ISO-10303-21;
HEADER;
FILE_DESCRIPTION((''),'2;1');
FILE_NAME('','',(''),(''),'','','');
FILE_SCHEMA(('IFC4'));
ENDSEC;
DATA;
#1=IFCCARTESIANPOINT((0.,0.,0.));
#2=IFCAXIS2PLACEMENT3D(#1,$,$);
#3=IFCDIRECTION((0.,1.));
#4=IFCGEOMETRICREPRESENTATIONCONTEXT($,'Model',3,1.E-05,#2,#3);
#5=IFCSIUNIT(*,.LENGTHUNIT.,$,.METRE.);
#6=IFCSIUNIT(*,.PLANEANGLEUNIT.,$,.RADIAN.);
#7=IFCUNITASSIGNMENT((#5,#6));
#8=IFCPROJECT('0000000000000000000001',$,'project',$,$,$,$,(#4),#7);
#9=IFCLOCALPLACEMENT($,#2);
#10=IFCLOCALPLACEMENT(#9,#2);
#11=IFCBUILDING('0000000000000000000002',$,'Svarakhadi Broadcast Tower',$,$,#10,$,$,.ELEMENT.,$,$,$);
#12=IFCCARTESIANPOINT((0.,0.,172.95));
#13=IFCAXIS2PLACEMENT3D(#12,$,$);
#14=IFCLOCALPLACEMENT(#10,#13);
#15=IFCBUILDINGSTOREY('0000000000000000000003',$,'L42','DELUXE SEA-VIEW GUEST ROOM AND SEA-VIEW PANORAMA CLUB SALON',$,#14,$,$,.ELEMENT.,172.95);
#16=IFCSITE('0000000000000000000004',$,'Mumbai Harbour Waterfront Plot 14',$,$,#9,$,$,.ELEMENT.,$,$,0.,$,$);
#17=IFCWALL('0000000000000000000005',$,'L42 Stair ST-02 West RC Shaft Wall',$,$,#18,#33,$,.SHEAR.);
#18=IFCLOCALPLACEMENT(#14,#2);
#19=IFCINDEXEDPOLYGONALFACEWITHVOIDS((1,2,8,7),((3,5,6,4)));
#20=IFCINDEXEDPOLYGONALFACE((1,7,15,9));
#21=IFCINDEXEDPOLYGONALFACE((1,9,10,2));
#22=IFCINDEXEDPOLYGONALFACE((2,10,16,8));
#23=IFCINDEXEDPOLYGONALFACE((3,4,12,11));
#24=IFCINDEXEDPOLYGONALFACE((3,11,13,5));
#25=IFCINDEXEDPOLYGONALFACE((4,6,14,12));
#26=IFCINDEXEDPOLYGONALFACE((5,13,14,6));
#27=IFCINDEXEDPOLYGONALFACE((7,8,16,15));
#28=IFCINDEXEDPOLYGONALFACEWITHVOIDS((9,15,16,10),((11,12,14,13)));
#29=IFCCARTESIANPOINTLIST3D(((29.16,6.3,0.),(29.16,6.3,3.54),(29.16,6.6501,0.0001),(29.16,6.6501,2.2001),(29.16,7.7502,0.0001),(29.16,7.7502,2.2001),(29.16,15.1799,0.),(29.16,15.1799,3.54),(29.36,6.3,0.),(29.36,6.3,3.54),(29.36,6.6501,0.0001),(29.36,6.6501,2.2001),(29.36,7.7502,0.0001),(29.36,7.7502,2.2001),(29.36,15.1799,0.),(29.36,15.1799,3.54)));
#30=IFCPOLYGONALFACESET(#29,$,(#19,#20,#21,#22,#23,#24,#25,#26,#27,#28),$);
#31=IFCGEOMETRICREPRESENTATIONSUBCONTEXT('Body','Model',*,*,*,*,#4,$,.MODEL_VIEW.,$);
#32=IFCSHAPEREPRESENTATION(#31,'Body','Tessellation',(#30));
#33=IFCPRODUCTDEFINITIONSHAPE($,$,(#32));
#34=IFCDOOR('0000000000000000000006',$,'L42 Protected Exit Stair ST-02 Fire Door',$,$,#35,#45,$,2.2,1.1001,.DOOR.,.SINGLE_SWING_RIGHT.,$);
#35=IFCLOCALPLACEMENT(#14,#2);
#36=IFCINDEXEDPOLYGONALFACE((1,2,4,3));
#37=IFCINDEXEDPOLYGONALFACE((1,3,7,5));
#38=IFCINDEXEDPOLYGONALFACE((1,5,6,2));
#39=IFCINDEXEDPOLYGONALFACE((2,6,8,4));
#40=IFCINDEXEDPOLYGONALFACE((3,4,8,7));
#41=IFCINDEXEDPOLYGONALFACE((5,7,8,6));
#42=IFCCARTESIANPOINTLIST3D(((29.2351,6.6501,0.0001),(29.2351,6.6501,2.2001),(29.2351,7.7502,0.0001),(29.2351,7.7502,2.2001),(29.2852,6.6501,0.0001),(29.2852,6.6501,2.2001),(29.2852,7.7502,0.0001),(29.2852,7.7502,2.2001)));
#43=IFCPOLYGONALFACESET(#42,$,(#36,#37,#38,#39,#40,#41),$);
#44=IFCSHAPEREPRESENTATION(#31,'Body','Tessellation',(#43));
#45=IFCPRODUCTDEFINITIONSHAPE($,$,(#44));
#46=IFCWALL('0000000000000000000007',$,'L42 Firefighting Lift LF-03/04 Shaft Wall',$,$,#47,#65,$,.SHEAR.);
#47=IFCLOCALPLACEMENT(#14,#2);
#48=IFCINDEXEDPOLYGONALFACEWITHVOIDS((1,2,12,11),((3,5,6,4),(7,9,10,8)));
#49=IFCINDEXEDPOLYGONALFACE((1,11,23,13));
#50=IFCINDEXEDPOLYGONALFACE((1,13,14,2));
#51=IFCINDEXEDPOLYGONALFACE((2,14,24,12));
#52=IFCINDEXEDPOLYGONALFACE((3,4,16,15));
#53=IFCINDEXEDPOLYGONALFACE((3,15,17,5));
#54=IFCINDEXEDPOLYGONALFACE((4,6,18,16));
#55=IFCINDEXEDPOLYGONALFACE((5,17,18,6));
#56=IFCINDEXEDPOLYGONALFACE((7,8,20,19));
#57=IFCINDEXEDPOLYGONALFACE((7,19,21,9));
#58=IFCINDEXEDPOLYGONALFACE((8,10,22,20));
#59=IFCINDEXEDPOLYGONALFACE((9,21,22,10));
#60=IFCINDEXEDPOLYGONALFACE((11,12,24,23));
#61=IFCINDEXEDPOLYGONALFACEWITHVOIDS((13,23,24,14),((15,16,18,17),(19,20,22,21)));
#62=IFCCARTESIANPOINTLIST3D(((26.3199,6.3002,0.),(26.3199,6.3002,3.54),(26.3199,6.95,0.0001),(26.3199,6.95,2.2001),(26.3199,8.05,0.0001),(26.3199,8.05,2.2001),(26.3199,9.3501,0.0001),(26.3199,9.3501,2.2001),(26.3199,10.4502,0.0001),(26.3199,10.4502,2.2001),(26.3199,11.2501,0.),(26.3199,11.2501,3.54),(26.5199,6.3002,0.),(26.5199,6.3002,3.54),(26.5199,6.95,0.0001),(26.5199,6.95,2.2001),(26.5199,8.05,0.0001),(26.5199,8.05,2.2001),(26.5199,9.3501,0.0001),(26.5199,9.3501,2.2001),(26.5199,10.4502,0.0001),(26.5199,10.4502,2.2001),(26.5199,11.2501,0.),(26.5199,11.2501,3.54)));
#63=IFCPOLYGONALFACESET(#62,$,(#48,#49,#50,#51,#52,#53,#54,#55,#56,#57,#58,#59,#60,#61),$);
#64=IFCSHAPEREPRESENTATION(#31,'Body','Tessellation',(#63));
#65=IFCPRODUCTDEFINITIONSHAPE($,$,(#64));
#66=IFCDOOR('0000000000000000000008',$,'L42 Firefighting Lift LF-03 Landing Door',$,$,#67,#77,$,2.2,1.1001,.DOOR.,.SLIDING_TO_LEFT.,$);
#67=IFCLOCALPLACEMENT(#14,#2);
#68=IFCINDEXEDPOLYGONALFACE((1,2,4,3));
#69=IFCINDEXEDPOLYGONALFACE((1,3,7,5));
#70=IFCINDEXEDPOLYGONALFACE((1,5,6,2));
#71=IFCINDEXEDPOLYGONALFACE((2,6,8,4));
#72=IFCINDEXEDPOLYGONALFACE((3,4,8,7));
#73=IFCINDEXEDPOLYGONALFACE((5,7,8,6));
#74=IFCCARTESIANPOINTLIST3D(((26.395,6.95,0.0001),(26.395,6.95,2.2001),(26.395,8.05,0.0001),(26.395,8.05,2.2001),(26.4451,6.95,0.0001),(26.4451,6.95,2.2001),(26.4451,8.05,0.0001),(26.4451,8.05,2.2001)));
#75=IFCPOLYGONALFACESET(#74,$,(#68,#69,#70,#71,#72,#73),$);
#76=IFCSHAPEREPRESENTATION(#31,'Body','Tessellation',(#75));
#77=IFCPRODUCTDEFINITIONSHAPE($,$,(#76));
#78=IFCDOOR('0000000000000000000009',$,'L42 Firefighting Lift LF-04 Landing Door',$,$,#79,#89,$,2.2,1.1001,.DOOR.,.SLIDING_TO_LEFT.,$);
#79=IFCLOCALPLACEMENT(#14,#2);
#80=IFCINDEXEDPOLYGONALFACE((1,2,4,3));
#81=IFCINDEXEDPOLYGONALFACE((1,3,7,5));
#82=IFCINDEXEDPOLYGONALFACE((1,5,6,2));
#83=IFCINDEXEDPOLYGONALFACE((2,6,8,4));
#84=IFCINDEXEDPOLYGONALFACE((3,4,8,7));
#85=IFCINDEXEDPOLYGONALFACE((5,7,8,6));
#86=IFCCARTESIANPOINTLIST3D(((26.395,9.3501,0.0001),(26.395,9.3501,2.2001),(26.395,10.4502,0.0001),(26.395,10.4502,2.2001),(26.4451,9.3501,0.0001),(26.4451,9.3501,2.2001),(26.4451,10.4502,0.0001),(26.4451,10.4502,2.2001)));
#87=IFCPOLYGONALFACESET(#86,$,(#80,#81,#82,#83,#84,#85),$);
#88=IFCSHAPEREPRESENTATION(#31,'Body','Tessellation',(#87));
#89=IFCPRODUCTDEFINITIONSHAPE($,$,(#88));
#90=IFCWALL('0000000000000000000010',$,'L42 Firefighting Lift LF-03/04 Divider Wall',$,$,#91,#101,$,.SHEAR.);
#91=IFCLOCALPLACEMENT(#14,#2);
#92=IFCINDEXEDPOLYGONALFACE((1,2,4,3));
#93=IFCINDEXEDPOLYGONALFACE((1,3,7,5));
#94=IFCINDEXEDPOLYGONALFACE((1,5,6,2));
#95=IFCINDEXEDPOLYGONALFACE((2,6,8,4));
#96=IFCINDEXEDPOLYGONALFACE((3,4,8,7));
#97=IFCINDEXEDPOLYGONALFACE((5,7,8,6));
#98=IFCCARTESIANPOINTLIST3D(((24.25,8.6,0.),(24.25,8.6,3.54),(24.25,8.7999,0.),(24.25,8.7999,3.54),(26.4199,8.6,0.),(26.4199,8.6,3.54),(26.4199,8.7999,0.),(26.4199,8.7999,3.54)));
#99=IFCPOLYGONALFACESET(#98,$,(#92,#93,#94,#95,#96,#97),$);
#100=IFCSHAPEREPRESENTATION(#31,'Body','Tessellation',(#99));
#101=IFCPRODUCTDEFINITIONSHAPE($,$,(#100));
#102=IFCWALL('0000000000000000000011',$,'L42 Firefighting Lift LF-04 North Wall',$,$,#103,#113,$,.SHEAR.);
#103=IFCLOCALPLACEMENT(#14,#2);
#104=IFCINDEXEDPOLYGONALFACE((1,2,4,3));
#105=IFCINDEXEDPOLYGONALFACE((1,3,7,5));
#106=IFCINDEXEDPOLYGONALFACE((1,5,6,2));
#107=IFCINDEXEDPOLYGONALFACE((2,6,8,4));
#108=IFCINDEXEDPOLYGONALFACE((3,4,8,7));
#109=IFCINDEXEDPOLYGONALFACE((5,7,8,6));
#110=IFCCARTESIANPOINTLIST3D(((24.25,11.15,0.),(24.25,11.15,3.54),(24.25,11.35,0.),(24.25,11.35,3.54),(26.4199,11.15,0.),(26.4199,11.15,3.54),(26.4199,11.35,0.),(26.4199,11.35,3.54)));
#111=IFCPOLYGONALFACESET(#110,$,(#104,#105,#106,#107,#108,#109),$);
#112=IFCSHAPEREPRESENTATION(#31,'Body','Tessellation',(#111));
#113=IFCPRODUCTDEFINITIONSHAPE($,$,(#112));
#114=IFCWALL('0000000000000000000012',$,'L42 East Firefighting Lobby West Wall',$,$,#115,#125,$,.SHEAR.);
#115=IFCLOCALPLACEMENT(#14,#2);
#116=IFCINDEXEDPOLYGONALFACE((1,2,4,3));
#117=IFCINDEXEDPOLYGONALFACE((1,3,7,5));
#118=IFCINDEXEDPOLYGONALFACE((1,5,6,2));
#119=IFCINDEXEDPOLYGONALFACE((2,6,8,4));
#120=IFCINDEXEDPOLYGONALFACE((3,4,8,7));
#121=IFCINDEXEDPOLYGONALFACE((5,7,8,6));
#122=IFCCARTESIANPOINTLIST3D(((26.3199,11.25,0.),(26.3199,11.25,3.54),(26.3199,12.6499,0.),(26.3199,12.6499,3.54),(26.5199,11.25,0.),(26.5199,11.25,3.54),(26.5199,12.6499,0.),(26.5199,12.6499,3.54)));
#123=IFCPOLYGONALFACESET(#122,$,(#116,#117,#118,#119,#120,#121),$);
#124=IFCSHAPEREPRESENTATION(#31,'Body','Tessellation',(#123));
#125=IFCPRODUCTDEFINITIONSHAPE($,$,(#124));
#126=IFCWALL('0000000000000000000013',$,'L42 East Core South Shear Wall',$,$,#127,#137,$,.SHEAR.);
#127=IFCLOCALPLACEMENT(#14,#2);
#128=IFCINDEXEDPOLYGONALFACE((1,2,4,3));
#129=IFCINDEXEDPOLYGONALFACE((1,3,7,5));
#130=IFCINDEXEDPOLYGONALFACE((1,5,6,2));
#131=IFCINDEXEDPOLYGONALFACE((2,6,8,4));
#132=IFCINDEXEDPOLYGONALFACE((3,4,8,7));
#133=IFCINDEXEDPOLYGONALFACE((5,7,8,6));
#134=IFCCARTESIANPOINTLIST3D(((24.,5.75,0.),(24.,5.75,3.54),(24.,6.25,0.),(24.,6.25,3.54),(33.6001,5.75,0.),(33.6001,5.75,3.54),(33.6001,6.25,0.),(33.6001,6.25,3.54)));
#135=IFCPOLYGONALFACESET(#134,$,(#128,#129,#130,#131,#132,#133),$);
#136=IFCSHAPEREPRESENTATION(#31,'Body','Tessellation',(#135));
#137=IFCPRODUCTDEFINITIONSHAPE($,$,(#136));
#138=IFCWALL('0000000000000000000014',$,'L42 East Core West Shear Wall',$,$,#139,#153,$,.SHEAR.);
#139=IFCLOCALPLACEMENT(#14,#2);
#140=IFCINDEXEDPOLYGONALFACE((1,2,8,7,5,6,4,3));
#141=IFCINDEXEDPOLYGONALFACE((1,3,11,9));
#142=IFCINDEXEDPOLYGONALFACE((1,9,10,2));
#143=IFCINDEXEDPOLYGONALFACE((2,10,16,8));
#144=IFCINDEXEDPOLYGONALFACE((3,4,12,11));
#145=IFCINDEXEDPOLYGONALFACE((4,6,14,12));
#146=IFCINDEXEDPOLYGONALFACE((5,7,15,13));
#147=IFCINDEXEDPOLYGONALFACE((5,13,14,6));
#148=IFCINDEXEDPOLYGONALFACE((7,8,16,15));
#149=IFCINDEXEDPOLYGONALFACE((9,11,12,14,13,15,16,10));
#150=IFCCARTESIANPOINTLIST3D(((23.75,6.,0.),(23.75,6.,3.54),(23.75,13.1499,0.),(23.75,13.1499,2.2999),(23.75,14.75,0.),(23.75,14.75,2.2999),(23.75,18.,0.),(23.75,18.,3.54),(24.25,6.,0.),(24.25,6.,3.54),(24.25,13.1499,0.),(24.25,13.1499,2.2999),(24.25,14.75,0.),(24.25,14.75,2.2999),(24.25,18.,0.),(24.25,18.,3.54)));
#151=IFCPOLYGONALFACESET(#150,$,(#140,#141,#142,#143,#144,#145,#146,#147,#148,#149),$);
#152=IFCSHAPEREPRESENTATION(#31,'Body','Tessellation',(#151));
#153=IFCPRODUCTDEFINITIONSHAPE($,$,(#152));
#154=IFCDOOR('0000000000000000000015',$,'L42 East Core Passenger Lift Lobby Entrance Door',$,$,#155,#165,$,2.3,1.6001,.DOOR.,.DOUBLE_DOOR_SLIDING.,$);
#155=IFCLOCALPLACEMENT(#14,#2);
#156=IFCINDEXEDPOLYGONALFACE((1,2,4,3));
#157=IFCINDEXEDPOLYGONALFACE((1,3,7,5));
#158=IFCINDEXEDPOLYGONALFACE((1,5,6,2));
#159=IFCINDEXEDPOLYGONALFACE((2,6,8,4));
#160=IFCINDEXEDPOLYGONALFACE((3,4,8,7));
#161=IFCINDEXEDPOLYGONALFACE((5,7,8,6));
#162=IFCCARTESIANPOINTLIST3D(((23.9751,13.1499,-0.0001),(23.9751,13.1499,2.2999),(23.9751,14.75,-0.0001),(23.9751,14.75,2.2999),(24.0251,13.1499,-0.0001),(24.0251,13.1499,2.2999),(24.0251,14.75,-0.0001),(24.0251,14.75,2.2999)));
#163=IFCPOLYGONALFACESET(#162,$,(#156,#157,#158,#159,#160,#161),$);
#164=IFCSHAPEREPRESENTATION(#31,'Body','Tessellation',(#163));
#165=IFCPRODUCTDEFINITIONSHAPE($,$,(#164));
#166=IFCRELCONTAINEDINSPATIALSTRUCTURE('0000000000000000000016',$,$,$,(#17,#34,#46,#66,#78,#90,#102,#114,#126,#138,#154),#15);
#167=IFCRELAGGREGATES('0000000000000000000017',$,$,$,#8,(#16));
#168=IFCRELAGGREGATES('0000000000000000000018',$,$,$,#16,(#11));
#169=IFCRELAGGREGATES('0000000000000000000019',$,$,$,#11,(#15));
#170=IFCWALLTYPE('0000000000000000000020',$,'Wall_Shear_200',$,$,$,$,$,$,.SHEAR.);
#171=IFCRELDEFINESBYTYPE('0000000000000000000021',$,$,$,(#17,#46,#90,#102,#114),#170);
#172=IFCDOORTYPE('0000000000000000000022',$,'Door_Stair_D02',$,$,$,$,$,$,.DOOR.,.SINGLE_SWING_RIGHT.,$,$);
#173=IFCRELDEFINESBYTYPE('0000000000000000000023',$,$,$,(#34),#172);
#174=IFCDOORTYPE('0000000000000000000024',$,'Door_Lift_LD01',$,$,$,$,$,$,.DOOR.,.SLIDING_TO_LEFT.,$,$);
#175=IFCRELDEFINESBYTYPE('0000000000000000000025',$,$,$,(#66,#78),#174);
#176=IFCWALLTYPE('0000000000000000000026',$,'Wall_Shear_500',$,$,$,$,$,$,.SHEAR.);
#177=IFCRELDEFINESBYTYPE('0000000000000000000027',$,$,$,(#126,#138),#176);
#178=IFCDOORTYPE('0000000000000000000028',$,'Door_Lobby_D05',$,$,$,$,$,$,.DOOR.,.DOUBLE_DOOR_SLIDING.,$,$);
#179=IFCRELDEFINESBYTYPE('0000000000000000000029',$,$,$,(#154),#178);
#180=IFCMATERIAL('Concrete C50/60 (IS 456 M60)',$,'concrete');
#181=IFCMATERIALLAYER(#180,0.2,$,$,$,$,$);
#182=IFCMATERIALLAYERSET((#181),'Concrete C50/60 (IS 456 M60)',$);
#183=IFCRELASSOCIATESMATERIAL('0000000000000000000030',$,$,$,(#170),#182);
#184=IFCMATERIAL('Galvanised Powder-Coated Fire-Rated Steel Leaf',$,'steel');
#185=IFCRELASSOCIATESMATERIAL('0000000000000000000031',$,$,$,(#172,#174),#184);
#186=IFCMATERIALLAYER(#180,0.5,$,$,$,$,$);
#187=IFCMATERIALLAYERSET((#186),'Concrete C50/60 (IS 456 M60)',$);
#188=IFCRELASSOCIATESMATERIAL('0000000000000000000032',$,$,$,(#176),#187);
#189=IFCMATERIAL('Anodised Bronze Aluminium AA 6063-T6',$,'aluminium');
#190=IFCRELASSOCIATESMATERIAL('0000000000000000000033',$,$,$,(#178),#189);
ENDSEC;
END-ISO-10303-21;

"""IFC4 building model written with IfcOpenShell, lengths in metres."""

from ifc_helpers import new_model, si_unit, direction, frame, frame_2d, origin, place, context, subcontext, project, spatial, rectangle, extrude, material, layer, layer_set, type_object, element, fill, save


model = new_model("IFC4")

# Units and contexts
model_context = context("Model", 3, precision=1e-05, world=origin(), true_north=direction((0.0, 1.0)))
body_context = subcontext(model_context, "Body", "Model", "MODEL_VIEW")
ifc_project = project(units=[si_unit("LENGTHUNIT", "METRE"), si_unit("PLANEANGLEUNIT", "RADIAN")], contexts=[model_context])

# Site, building, storey
site_placement = place(None, origin())
site = spatial("IfcSite", under=ifc_project, at=site_placement, Name="Mumbai Harbour Waterfront Plot 14", CompositionType="ELEMENT", RefElevation=0.0)
building_placement = place(site_placement, origin())
building = spatial("IfcBuilding", under=site, at=building_placement, Name="Svarakhadi Broadcast Tower", CompositionType="ELEMENT")
storey_placement = place(building_placement, frame((0.0, 0.0, 172.95)))
storey = spatial("IfcBuildingStorey", under=building, at=storey_placement, Name="L42", Description="DELUXE SEA-VIEW GUEST ROOM AND SEA-VIEW PANORAMA CLUB SALON", CompositionType="ELEMENT", Elevation=172.95)

# Shared definitions
ifc_material_1 = material(Name="Concrete C50/60 (IS 456 M60)", Category="concrete")

# Wall, opening, door
ifc_layer_1 = layer(ifc_material_1, 0.2)
ifc_layer_set_1 = layer_set([ifc_layer_1], Name="Concrete C50/60 (IS 456 M60)")
wall_type_1 = type_object("IfcWallType", Name="Wall_Shear_200", PredefinedType="SHEAR", material=ifc_layer_set_1)
wall_1_placement = place(storey_placement, frame((29.26, 6.3, 0.0), z_axis=(0.0, 0.0, 1.0), x_axis=(0.0, 1.0, 0.0)))
wall_1 = element("IfcWall", 1, at=wall_1_placement, inside=storey, type_object=wall_type_1, Name="L42 Stair ST-02 West RC Shaft Wall", PredefinedType="SHEAR", context=body_context, shape_type="SweptSolid", body=[
    extrude(rectangle(XDim=8.8799, YDim=0.2, at=frame_2d((4.4399, 0.0))), origin(), (0.0, 0.0, 1.0), 3.54),
])
opening_1_placement = place(wall_1_placement, frame((0.3501, 0.0, 0.0)))
opening_1 = element("IfcOpeningElement", 2, at=opening_1_placement, cuts=wall_1, PredefinedType="OPENING", context=body_context, shape_type="SweptSolid", body=[
    extrude(rectangle(XDim=1.1001, YDim=2.2, at=frame_2d((0.55, 1.1001))), frame((0.0, 0.1099, 0.0), z_axis=(0.0, -1.0, 0.0), x_axis=(1.0, 0.0, 0.0)), (0.0, 0.0, 1.0), 0.22),
])
ifc_material_2 = material(Name="Galvanised Powder-Coated Fire-Rated Steel Leaf", Category="steel")
door_type_1 = type_object("IfcDoorType", Name="Door_Stair_D02", OperationType="SINGLE_SWING_RIGHT", PredefinedType="DOOR", material=ifc_material_2)
door_1_placement = place(opening_1_placement, origin())
door_1 = element("IfcDoor", 3, at=door_1_placement, inside=storey, type_object=door_type_1, Name="L42 Protected Exit Stair ST-02 Fire Door", OperationType="SINGLE_SWING_RIGHT", OverallHeight=2.2, OverallWidth=1.1001, PredefinedType="DOOR", context=body_context, shape_type="SweptSolid", body=[
    extrude(rectangle(XDim=1.1001, YDim=2.2, at=frame_2d((0.55, 1.1001))), frame((0.0, 0.0249, 0.0), z_axis=(0.0, -1.0, 0.0), x_axis=(1.0, 0.0, 0.0)), (0.0, 0.0, 1.0), 0.05),
])
fill(opening_1, door_1)

# Wall, openings, doors
wall_2_placement = place(storey_placement, frame((26.4199, 6.3, 0.0), z_axis=(0.0, 0.0, 1.0), x_axis=(0.0, 1.0, 0.0)))
wall_2 = element("IfcWall", 4, at=wall_2_placement, inside=storey, type_object=wall_type_1, Name="L42 Firefighting Lift LF-03/04 Shaft Wall", PredefinedType="SHEAR", context=body_context, shape_type="SweptSolid", body=[
    extrude(rectangle(XDim=4.95, YDim=0.2, at=frame_2d((2.4751, 0.0))), origin(), (0.0, 0.0, 1.0), 3.54),
])
opening_2_placement = place(wall_2_placement, frame((0.6499, 0.0, 0.0)))
opening_2 = element("IfcOpeningElement", 5, at=opening_2_placement, cuts=wall_2, PredefinedType="OPENING", context=body_context, shape_type="SweptSolid", body=[
    extrude(rectangle(XDim=1.1001, YDim=2.2, at=frame_2d((0.55, 1.1001))), frame((0.0, 0.1099, 0.0), z_axis=(0.0, -1.0, 0.0), x_axis=(1.0, 0.0, 0.0)), (0.0, 0.0, 1.0), 0.22),
])
opening_3_placement = place(wall_2_placement, frame((3.05, 0.0, 0.0)))
opening_3 = element("IfcOpeningElement", 6, at=opening_3_placement, cuts=wall_2, PredefinedType="OPENING", context=body_context, shape_type="SweptSolid", body=[
    extrude(rectangle(XDim=1.1001, YDim=2.2, at=frame_2d((0.55, 1.1001))), frame((0.0, 0.1099, 0.0), z_axis=(0.0, -1.0, 0.0), x_axis=(1.0, 0.0, 0.0)), (0.0, 0.0, 1.0), 0.22),
])
door_type_2 = type_object("IfcDoorType", Name="Door_Lift_LD01", OperationType="SLIDING_TO_LEFT", PredefinedType="DOOR", material=ifc_material_2)
door_2_placement = place(opening_2_placement, origin())
door_2 = element("IfcDoor", 7, at=door_2_placement, inside=storey, type_object=door_type_2, Name="L42 Firefighting Lift LF-03 Landing Door", OperationType="SLIDING_TO_LEFT", OverallHeight=2.2, OverallWidth=1.1001, PredefinedType="DOOR", context=body_context, shape_type="SweptSolid", body=[
    extrude(rectangle(XDim=1.1001, YDim=2.2, at=frame_2d((0.55, 1.1001))), frame((0.0, 0.0249, 0.0), z_axis=(0.0, -1.0, 0.0), x_axis=(1.0, 0.0, 0.0)), (0.0, 0.0, 1.0), 0.05),
])
fill(opening_2, door_2)
door_3_placement = place(opening_3_placement, origin())
door_3 = element("IfcDoor", 8, at=door_3_placement, inside=storey, type_object=door_type_2, Name="L42 Firefighting Lift LF-04 Landing Door", OperationType="SLIDING_TO_LEFT", OverallHeight=2.2, OverallWidth=1.1001, PredefinedType="DOOR", context=body_context, shape_type="SweptSolid", body=[
    extrude(rectangle(XDim=1.1001, YDim=2.2, at=frame_2d((0.55, 1.1001))), frame((0.0, 0.0249, 0.0), z_axis=(0.0, -1.0, 0.0), x_axis=(1.0, 0.0, 0.0)), (0.0, 0.0, 1.0), 0.05),
])
fill(opening_3, door_3)

# Walls
for number, where, z_axis, x_axis, name in (
    (9, (24.25, 8.7, 0.0), (0.0, 0.0, 1.0), (1.0, 0.0, 0.0), "L42 Firefighting Lift LF-03/04 Divider Wall"),
    (10, (24.25, 11.25, 0.0), (0.0, 0.0, 1.0), (1.0, 0.0, 0.0), "L42 Firefighting Lift LF-04 North Wall"),
):
    element("IfcWall", number, at=place(storey_placement, frame(where, z_axis=z_axis, x_axis=x_axis)), inside=storey, type_object=wall_type_1, Name=name, PredefinedType="SHEAR", context=body_context, shape_type="SweptSolid", body=[
        extrude(rectangle(XDim=2.1699, YDim=0.2, at=frame_2d((1.085, 0.0))), origin(), (0.0, 0.0, 1.0), 3.54),
    ])
wall_3_placement = place(storey_placement, frame((26.4199, 11.25, 0.0), z_axis=(0.0, 0.0, 1.0), x_axis=(0.0, 1.0, 0.0)))
element("IfcWall", 11, at=wall_3_placement, inside=storey, type_object=wall_type_1, Name="L42 East Firefighting Lobby West Wall", PredefinedType="SHEAR", context=body_context, shape_type="SweptSolid", body=[
    extrude(rectangle(XDim=1.3999, YDim=0.2, at=frame_2d((0.7, 0.0))), origin(), (0.0, 0.0, 1.0), 3.54),
])
ifc_layer_2 = layer(ifc_material_1, 0.5)
ifc_layer_set_2 = layer_set([ifc_layer_2], Name="Concrete C50/60 (IS 456 M60)")
wall_type_2 = type_object("IfcWallType", Name="Wall_Shear_500", PredefinedType="SHEAR", material=ifc_layer_set_2)
wall_4_placement = place(storey_placement, frame((24.0, 6.0, 0.0), z_axis=(0.0, 0.0, 1.0), x_axis=(1.0, 0.0, 0.0)))
element("IfcWall", 12, at=wall_4_placement, inside=storey, type_object=wall_type_2, Name="L42 East Core South Shear Wall", PredefinedType="SHEAR", context=body_context, shape_type="SweptSolid", body=[
    extrude(rectangle(XDim=9.6001, YDim=0.5, at=frame_2d((4.8, 0.0))), origin(), (0.0, 0.0, 1.0), 3.54),
])

# Wall, opening, door
wall_5_placement = place(storey_placement, frame((24.0, 6.0, 0.0), z_axis=(0.0, 0.0, 1.0), x_axis=(0.0, 1.0, 0.0)))
wall_5 = element("IfcWall", 13, at=wall_5_placement, inside=storey, type_object=wall_type_2, Name="L42 East Core West Shear Wall", PredefinedType="SHEAR", context=body_context, shape_type="SweptSolid", body=[
    extrude(rectangle(XDim=12.0, YDim=0.5, at=frame_2d((6.0, 0.0))), origin(), (0.0, 0.0, 1.0), 3.54),
])
opening_4_placement = place(wall_5_placement, frame((7.1499, 0.0, 0.0)))
opening_4 = element("IfcOpeningElement", 14, at=opening_4_placement, cuts=wall_5, PredefinedType="OPENING", context=body_context, shape_type="SweptSolid", body=[
    extrude(rectangle(XDim=1.6001, YDim=2.3, at=frame_2d((0.8, 1.1499))), frame((0.0, 0.26, 0.0), z_axis=(0.0, -1.0, 0.0), x_axis=(1.0, 0.0, 0.0)), (0.0, 0.0, 1.0), 0.52),
])
ifc_material_3 = material(Name="Anodised Bronze Aluminium AA 6063-T6", Category="aluminium")
door_type_3 = type_object("IfcDoorType", Name="Door_Lobby_D05", OperationType="DOUBLE_DOOR_SLIDING", PredefinedType="DOOR", material=ifc_material_3)
door_4_placement = place(opening_4_placement, origin())
door_4 = element("IfcDoor", 15, at=door_4_placement, inside=storey, type_object=door_type_3, Name="L42 East Core Passenger Lift Lobby Entrance Door", OperationType="DOUBLE_DOOR_SLIDING", OverallHeight=2.3, OverallWidth=1.6001, PredefinedType="DOOR", context=body_context, shape_type="SweptSolid", body=[
    extrude(rectangle(XDim=1.6001, YDim=2.3, at=frame_2d((0.8, 1.1499))), frame((0.0, 0.0249, 0.0), z_axis=(0.0, -1.0, 0.0), x_axis=(1.0, 0.0, 0.0)), (0.0, 0.0, 1.0), 0.05),
])
fill(opening_4, door_4)

save(model, "model.ifc")
